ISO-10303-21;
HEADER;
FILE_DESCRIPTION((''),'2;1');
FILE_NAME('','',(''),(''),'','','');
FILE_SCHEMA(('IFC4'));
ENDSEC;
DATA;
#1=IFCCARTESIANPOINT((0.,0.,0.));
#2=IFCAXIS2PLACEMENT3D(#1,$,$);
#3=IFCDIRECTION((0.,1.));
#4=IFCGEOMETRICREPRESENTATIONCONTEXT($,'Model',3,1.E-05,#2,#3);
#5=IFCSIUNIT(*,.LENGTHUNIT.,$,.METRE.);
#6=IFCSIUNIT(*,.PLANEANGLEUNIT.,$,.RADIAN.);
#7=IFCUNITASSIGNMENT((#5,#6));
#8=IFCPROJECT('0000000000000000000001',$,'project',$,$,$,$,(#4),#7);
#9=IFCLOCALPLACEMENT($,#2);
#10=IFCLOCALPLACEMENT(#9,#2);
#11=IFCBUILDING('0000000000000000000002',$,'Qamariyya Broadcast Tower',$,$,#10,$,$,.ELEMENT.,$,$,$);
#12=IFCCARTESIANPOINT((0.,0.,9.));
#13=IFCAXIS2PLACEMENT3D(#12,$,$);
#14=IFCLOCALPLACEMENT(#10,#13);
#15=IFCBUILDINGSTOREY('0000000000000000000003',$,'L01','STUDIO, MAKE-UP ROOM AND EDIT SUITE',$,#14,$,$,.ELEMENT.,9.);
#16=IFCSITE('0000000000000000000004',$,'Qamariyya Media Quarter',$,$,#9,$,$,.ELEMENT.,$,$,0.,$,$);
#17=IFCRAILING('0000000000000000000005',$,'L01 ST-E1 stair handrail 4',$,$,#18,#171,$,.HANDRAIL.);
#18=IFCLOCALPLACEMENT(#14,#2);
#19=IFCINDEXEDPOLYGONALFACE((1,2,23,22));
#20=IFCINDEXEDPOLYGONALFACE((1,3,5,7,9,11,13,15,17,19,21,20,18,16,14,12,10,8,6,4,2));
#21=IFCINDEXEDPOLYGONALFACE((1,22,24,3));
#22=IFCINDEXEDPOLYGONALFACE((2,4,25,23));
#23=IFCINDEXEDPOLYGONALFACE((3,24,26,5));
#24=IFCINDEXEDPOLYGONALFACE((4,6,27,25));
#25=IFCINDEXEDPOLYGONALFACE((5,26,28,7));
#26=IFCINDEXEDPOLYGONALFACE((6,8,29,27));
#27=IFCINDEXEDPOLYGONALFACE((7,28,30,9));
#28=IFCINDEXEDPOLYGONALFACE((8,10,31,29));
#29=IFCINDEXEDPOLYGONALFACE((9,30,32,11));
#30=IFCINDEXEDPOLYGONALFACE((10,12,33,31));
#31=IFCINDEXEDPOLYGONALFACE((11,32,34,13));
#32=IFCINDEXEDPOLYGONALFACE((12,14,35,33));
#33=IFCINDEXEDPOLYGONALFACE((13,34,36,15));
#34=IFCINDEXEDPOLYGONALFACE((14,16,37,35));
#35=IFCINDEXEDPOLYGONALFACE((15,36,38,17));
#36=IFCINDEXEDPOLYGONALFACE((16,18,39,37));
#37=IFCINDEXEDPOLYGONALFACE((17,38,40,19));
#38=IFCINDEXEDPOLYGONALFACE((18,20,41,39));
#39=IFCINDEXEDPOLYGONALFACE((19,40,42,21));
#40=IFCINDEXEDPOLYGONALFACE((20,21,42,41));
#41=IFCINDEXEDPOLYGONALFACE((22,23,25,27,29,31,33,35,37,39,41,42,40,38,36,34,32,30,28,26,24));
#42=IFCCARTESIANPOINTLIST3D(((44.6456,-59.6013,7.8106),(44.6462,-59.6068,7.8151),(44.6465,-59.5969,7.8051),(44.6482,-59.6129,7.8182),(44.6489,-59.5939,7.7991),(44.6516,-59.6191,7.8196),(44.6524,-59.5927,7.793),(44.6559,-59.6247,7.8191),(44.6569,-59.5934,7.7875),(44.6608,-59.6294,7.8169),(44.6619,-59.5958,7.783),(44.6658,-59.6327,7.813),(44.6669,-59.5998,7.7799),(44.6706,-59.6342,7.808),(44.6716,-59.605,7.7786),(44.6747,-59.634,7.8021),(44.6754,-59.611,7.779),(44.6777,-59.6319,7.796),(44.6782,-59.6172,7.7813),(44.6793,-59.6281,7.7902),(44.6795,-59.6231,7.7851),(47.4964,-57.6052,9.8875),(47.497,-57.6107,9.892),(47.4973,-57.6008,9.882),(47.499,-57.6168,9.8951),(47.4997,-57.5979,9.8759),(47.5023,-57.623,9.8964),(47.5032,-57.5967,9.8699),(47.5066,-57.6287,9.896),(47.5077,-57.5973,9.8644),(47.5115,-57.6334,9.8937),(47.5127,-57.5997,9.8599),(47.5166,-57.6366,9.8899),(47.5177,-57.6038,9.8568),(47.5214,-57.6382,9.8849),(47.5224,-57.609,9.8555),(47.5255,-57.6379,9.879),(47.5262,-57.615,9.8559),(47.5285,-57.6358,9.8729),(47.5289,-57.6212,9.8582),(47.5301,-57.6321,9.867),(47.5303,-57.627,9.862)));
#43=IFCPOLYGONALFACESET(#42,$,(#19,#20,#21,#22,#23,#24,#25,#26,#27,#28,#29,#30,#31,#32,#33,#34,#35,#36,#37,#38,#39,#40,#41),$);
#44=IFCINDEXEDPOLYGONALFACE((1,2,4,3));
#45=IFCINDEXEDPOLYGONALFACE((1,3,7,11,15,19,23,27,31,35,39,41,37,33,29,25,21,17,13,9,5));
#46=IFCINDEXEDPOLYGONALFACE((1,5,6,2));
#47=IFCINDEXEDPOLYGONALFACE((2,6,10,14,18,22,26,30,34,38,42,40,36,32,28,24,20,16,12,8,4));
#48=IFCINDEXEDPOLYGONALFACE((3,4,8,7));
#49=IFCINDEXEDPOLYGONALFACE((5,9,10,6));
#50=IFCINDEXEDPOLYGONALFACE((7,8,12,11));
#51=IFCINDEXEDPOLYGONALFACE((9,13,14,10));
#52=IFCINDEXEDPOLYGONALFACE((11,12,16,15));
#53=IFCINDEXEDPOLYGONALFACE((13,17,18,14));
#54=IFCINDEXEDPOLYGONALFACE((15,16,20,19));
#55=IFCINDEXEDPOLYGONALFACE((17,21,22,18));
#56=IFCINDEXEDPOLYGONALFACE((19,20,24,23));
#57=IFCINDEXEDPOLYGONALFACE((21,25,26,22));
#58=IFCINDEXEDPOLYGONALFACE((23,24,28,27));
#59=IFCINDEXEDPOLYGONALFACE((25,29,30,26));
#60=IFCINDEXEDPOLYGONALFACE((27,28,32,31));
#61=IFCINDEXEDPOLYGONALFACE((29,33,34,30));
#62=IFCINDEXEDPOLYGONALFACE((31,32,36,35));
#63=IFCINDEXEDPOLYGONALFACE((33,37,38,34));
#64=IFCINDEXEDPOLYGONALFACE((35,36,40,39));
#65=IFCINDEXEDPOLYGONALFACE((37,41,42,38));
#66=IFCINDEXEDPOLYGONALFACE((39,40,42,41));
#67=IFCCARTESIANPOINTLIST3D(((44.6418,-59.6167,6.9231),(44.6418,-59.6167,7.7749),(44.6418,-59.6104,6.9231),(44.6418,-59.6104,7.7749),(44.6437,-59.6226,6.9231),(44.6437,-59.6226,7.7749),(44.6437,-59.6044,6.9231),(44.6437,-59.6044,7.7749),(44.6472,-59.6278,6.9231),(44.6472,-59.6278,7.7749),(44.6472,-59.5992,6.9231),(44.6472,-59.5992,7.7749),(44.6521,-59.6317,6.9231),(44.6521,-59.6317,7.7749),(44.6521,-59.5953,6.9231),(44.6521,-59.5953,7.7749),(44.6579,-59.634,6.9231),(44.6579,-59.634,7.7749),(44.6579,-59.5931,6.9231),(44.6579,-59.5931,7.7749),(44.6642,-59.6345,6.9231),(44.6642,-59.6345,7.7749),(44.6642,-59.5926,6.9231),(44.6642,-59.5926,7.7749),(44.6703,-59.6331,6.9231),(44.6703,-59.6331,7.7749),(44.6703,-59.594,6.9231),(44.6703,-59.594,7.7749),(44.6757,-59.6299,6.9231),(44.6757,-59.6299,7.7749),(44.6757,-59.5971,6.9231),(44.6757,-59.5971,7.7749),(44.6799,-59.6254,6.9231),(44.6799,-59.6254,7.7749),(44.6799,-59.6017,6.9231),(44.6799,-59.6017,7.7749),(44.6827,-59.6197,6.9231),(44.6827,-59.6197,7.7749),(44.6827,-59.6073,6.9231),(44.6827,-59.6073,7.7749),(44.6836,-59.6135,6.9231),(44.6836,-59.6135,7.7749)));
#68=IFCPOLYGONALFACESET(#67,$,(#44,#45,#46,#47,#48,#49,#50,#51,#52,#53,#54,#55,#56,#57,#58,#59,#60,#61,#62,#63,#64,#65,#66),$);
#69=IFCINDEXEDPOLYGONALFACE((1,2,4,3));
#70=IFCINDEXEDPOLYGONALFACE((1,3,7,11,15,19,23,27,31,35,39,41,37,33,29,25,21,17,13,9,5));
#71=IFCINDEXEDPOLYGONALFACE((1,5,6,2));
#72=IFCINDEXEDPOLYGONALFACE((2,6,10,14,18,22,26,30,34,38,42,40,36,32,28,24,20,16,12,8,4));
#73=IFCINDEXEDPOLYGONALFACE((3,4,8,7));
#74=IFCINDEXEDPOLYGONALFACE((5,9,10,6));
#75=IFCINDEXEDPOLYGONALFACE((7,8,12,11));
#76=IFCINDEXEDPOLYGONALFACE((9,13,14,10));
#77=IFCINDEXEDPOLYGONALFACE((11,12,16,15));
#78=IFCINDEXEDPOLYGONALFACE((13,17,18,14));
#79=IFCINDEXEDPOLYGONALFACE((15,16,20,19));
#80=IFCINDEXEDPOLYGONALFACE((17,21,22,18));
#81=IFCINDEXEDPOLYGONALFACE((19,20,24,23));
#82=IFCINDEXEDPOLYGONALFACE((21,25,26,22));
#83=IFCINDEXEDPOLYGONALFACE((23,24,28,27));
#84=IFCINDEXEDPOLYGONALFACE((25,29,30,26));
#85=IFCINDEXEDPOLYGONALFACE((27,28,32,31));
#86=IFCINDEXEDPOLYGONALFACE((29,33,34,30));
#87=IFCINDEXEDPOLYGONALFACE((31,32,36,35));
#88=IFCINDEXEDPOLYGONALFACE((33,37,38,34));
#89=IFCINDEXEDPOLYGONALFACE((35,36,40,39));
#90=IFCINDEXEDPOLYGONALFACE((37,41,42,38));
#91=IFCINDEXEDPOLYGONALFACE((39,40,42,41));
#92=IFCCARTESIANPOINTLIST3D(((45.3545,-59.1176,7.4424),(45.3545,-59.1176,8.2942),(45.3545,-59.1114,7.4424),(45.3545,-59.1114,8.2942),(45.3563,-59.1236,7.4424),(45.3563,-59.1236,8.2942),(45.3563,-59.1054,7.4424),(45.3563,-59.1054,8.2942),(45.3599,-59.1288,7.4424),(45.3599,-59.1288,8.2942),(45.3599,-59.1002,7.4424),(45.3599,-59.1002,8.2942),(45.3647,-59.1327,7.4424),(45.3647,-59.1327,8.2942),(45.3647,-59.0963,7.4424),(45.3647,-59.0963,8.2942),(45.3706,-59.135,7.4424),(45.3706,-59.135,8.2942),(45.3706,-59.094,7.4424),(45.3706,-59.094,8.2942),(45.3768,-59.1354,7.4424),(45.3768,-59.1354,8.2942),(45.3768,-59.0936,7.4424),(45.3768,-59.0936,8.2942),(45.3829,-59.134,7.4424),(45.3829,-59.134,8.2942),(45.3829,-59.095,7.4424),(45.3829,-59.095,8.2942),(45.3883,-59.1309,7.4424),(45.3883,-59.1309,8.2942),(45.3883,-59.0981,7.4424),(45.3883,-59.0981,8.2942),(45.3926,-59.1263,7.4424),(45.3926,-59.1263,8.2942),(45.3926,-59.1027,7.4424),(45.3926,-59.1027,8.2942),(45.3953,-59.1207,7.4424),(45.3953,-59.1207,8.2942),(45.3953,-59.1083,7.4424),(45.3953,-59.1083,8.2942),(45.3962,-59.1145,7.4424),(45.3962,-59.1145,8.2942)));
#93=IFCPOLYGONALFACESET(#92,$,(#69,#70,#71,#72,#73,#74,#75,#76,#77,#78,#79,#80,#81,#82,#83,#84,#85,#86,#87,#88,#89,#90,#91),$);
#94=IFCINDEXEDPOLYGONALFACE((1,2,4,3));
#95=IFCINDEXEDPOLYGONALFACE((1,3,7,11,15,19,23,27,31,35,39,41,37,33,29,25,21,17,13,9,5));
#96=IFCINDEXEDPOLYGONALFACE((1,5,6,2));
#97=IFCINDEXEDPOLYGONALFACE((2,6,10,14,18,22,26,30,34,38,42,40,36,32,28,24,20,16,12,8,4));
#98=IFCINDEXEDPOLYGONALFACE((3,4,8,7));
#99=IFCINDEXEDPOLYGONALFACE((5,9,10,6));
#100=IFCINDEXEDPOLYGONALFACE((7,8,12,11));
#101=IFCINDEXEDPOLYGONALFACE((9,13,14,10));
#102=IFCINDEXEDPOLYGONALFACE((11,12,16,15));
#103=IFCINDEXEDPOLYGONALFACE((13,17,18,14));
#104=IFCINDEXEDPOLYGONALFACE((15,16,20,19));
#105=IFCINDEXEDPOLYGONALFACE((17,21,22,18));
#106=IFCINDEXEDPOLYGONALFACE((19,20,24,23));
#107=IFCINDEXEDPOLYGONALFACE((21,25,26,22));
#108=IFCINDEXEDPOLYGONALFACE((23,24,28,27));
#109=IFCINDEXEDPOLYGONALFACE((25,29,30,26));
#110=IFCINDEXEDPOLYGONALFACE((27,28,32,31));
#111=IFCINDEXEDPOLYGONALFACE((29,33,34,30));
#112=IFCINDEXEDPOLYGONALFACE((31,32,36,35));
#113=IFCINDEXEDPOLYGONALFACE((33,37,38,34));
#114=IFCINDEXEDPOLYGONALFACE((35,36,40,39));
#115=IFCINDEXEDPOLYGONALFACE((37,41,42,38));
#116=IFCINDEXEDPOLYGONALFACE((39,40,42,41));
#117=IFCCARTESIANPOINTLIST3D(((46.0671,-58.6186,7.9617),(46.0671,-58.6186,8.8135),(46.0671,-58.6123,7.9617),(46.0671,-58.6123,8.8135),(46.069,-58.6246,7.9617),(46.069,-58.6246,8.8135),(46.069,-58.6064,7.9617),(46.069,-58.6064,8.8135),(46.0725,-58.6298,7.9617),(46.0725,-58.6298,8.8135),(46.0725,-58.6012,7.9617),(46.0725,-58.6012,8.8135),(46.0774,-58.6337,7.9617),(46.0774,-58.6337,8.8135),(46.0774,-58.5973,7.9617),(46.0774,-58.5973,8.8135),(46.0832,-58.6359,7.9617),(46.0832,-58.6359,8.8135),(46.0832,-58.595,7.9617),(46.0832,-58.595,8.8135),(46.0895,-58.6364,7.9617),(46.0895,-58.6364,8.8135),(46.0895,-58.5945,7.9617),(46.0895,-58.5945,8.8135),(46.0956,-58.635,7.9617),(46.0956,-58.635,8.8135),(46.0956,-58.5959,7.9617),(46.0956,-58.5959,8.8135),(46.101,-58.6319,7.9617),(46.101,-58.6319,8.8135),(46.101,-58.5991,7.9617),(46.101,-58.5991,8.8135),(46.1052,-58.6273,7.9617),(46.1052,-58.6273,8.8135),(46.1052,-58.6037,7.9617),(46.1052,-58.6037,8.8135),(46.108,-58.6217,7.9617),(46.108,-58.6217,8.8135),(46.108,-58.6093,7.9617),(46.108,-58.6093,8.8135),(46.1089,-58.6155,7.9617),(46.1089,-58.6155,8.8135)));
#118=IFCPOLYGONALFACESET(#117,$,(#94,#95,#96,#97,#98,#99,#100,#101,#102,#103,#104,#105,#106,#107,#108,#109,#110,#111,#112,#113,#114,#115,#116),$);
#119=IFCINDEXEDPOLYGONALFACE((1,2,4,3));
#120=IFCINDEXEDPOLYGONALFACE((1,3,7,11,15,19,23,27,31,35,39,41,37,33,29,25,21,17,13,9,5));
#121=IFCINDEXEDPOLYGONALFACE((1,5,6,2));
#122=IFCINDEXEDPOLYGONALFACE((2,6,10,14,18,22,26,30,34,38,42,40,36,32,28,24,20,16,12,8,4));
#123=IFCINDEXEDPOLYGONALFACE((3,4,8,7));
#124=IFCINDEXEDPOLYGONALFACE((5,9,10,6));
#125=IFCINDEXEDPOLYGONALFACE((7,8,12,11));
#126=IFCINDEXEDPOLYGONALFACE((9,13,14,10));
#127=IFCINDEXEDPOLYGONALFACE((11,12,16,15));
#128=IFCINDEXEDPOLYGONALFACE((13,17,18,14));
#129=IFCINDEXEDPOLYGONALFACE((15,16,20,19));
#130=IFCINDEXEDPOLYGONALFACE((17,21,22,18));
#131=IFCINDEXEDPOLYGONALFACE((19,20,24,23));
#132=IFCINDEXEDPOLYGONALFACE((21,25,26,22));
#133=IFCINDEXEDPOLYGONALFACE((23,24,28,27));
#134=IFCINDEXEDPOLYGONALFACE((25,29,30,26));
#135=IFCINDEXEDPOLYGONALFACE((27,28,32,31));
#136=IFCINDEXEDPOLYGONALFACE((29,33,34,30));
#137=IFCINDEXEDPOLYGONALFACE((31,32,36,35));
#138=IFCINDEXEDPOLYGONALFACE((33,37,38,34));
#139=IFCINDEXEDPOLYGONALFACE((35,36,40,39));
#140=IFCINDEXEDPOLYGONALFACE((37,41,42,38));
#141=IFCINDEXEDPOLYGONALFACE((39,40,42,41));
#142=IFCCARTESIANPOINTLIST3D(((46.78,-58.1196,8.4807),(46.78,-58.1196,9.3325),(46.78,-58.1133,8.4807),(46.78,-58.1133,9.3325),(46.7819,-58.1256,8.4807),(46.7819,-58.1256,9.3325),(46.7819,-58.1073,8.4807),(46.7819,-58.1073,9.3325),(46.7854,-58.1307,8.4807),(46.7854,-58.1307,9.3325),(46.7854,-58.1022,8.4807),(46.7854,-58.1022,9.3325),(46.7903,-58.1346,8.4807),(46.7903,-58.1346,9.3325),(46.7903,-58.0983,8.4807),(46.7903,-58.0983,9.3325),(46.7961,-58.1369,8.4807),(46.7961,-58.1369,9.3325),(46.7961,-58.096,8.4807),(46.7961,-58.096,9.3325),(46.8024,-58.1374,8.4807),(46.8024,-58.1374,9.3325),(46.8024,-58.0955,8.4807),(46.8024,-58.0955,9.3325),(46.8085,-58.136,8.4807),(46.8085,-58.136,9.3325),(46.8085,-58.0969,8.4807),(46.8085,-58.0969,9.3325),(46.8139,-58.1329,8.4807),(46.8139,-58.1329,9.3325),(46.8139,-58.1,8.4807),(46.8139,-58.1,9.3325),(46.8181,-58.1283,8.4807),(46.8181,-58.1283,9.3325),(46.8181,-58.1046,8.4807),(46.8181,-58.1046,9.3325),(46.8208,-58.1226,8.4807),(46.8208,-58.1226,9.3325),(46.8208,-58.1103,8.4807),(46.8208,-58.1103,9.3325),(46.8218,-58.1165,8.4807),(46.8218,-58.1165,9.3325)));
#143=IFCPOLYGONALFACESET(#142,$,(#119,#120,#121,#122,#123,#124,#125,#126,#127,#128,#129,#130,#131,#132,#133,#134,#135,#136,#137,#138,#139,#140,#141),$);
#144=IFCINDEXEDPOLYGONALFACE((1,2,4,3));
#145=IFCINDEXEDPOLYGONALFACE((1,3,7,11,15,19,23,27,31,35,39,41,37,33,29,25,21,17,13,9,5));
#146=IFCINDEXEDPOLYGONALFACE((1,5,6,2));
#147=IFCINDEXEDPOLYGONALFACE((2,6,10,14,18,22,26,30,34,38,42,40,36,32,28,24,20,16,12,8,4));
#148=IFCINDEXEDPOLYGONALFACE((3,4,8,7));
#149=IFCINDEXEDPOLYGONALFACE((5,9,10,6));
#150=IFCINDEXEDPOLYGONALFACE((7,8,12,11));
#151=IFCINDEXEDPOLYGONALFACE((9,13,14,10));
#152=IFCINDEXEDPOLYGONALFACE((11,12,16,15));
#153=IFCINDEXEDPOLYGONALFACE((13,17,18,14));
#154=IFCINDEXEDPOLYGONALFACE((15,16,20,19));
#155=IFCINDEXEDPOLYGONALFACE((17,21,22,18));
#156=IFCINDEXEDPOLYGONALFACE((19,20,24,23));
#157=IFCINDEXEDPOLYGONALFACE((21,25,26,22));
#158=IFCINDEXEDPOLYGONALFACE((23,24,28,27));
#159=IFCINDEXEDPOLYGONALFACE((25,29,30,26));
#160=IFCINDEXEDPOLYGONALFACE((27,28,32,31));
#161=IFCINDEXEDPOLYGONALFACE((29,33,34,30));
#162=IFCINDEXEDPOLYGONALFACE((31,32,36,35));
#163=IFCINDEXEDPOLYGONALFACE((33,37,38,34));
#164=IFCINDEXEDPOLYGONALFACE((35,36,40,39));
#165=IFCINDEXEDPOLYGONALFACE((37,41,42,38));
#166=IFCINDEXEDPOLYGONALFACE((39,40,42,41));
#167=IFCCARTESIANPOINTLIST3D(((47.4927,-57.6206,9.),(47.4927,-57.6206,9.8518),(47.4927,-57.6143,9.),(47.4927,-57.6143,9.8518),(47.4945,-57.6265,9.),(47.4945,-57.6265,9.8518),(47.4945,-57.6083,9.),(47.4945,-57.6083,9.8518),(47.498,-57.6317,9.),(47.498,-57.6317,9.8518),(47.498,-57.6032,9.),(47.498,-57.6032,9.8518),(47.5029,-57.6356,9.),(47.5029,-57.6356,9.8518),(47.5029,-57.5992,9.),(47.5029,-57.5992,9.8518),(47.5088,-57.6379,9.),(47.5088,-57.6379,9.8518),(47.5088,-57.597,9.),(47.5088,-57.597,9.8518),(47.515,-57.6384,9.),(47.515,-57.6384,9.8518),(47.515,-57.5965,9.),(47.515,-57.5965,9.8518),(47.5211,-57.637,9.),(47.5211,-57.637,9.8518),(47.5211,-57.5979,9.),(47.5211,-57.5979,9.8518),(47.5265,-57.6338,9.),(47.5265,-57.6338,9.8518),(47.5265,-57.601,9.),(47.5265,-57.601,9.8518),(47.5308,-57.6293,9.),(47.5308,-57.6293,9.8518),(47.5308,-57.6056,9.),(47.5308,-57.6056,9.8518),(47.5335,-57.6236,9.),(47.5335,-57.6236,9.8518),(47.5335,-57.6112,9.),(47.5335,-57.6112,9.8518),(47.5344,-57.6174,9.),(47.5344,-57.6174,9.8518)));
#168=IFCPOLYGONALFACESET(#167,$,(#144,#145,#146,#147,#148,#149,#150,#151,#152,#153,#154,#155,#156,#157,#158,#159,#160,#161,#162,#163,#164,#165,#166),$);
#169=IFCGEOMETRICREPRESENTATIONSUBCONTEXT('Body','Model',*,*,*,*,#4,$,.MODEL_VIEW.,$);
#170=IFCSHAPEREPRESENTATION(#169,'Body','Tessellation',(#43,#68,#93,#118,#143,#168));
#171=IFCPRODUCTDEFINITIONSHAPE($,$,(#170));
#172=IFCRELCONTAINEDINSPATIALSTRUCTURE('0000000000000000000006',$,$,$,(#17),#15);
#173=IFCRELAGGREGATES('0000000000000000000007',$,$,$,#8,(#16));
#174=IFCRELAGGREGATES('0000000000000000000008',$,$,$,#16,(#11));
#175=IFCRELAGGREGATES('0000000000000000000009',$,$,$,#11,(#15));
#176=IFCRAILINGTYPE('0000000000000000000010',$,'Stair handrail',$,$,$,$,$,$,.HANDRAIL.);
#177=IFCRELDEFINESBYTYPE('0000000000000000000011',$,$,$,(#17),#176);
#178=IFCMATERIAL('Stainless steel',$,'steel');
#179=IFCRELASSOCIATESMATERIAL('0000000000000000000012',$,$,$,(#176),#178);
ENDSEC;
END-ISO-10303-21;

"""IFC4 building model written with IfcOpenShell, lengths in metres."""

from ifc_helpers import new_model, si_unit, direction, frame, origin, origin_2d, place, context, subcontext, project, spatial, circle, extrude, material, type_object, element, save


model = new_model("IFC4")

# Units and contexts
model_context = context("Model", 3, precision=1e-05, world=origin(), true_north=direction((0.0, 1.0)))
body_context = subcontext(model_context, "Body", "Model", "MODEL_VIEW")
ifc_project = project(units=[si_unit("LENGTHUNIT", "METRE"), si_unit("PLANEANGLEUNIT", "RADIAN")], contexts=[model_context])

# Site, building, storey
site_placement = place(None, origin())
site = spatial("IfcSite", under=ifc_project, at=site_placement, Name="Qamariyya Media Quarter", CompositionType="ELEMENT", RefElevation=0.0)
building_placement = place(site_placement, origin())
building = spatial("IfcBuilding", under=site, at=building_placement, Name="Qamariyya Broadcast Tower", CompositionType="ELEMENT")
storey_placement = place(building_placement, frame((0.0, 0.0, 9.0)))
storey = spatial("IfcBuildingStorey", under=building, at=storey_placement, Name="L01", Description="STUDIO, MAKE-UP ROOM AND EDIT SUITE", CompositionType="ELEMENT", Elevation=9.0)

# Railing
ifc_material_1 = material(Name="Stainless steel", Category="steel")
railing_type_1 = type_object("IfcRailingType", Name="Stair handrail", PredefinedType="HANDRAIL", material=ifc_material_1)
railing_1_placement = place(storey_placement, frame((44.6626, -59.6135, 6.9231)))
element("IfcRailing", 1, at=railing_1_placement, inside=storey, type_object=railing_type_1, Name="L01 ST-E1 stair handrail 4", PredefinedType="HANDRAIL", context=body_context, shape_type="SweptSolid", body=[
    extrude(circle(Radius=0.0239, at=origin_2d()), frame((0.0, 0.0, 0.876), z_axis=(0.703423, 0.492523, 0.512462), x_axis=(-0.573561, 0.819163, 0.0)), (0.0, 0.0, 1.0), 4.0527),
    extrude(circle(Radius=0.021, at=origin_2d()), origin(), (0.0, 0.0, 1.0), 0.8518),
    extrude(circle(Radius=0.021, at=origin_2d()), frame((0.7126, 0.499, 0.5193)), (0.0, 0.0, 1.0), 0.8518),
    extrude(circle(Radius=0.021, at=origin_2d()), frame((1.4253, 0.998, 1.0386)), (0.0, 0.0, 1.0), 0.8518),
    extrude(circle(Radius=0.021, at=origin_2d()), frame((2.1382, 1.4971, 1.5576)), (0.0, 0.0, 1.0), 0.8518),
    extrude(circle(Radius=0.021, at=origin_2d()), frame((2.8508, 1.9961, 2.0769)), (0.0, 0.0, 1.0), 0.8518),
])

save(model, "model.ifc")
